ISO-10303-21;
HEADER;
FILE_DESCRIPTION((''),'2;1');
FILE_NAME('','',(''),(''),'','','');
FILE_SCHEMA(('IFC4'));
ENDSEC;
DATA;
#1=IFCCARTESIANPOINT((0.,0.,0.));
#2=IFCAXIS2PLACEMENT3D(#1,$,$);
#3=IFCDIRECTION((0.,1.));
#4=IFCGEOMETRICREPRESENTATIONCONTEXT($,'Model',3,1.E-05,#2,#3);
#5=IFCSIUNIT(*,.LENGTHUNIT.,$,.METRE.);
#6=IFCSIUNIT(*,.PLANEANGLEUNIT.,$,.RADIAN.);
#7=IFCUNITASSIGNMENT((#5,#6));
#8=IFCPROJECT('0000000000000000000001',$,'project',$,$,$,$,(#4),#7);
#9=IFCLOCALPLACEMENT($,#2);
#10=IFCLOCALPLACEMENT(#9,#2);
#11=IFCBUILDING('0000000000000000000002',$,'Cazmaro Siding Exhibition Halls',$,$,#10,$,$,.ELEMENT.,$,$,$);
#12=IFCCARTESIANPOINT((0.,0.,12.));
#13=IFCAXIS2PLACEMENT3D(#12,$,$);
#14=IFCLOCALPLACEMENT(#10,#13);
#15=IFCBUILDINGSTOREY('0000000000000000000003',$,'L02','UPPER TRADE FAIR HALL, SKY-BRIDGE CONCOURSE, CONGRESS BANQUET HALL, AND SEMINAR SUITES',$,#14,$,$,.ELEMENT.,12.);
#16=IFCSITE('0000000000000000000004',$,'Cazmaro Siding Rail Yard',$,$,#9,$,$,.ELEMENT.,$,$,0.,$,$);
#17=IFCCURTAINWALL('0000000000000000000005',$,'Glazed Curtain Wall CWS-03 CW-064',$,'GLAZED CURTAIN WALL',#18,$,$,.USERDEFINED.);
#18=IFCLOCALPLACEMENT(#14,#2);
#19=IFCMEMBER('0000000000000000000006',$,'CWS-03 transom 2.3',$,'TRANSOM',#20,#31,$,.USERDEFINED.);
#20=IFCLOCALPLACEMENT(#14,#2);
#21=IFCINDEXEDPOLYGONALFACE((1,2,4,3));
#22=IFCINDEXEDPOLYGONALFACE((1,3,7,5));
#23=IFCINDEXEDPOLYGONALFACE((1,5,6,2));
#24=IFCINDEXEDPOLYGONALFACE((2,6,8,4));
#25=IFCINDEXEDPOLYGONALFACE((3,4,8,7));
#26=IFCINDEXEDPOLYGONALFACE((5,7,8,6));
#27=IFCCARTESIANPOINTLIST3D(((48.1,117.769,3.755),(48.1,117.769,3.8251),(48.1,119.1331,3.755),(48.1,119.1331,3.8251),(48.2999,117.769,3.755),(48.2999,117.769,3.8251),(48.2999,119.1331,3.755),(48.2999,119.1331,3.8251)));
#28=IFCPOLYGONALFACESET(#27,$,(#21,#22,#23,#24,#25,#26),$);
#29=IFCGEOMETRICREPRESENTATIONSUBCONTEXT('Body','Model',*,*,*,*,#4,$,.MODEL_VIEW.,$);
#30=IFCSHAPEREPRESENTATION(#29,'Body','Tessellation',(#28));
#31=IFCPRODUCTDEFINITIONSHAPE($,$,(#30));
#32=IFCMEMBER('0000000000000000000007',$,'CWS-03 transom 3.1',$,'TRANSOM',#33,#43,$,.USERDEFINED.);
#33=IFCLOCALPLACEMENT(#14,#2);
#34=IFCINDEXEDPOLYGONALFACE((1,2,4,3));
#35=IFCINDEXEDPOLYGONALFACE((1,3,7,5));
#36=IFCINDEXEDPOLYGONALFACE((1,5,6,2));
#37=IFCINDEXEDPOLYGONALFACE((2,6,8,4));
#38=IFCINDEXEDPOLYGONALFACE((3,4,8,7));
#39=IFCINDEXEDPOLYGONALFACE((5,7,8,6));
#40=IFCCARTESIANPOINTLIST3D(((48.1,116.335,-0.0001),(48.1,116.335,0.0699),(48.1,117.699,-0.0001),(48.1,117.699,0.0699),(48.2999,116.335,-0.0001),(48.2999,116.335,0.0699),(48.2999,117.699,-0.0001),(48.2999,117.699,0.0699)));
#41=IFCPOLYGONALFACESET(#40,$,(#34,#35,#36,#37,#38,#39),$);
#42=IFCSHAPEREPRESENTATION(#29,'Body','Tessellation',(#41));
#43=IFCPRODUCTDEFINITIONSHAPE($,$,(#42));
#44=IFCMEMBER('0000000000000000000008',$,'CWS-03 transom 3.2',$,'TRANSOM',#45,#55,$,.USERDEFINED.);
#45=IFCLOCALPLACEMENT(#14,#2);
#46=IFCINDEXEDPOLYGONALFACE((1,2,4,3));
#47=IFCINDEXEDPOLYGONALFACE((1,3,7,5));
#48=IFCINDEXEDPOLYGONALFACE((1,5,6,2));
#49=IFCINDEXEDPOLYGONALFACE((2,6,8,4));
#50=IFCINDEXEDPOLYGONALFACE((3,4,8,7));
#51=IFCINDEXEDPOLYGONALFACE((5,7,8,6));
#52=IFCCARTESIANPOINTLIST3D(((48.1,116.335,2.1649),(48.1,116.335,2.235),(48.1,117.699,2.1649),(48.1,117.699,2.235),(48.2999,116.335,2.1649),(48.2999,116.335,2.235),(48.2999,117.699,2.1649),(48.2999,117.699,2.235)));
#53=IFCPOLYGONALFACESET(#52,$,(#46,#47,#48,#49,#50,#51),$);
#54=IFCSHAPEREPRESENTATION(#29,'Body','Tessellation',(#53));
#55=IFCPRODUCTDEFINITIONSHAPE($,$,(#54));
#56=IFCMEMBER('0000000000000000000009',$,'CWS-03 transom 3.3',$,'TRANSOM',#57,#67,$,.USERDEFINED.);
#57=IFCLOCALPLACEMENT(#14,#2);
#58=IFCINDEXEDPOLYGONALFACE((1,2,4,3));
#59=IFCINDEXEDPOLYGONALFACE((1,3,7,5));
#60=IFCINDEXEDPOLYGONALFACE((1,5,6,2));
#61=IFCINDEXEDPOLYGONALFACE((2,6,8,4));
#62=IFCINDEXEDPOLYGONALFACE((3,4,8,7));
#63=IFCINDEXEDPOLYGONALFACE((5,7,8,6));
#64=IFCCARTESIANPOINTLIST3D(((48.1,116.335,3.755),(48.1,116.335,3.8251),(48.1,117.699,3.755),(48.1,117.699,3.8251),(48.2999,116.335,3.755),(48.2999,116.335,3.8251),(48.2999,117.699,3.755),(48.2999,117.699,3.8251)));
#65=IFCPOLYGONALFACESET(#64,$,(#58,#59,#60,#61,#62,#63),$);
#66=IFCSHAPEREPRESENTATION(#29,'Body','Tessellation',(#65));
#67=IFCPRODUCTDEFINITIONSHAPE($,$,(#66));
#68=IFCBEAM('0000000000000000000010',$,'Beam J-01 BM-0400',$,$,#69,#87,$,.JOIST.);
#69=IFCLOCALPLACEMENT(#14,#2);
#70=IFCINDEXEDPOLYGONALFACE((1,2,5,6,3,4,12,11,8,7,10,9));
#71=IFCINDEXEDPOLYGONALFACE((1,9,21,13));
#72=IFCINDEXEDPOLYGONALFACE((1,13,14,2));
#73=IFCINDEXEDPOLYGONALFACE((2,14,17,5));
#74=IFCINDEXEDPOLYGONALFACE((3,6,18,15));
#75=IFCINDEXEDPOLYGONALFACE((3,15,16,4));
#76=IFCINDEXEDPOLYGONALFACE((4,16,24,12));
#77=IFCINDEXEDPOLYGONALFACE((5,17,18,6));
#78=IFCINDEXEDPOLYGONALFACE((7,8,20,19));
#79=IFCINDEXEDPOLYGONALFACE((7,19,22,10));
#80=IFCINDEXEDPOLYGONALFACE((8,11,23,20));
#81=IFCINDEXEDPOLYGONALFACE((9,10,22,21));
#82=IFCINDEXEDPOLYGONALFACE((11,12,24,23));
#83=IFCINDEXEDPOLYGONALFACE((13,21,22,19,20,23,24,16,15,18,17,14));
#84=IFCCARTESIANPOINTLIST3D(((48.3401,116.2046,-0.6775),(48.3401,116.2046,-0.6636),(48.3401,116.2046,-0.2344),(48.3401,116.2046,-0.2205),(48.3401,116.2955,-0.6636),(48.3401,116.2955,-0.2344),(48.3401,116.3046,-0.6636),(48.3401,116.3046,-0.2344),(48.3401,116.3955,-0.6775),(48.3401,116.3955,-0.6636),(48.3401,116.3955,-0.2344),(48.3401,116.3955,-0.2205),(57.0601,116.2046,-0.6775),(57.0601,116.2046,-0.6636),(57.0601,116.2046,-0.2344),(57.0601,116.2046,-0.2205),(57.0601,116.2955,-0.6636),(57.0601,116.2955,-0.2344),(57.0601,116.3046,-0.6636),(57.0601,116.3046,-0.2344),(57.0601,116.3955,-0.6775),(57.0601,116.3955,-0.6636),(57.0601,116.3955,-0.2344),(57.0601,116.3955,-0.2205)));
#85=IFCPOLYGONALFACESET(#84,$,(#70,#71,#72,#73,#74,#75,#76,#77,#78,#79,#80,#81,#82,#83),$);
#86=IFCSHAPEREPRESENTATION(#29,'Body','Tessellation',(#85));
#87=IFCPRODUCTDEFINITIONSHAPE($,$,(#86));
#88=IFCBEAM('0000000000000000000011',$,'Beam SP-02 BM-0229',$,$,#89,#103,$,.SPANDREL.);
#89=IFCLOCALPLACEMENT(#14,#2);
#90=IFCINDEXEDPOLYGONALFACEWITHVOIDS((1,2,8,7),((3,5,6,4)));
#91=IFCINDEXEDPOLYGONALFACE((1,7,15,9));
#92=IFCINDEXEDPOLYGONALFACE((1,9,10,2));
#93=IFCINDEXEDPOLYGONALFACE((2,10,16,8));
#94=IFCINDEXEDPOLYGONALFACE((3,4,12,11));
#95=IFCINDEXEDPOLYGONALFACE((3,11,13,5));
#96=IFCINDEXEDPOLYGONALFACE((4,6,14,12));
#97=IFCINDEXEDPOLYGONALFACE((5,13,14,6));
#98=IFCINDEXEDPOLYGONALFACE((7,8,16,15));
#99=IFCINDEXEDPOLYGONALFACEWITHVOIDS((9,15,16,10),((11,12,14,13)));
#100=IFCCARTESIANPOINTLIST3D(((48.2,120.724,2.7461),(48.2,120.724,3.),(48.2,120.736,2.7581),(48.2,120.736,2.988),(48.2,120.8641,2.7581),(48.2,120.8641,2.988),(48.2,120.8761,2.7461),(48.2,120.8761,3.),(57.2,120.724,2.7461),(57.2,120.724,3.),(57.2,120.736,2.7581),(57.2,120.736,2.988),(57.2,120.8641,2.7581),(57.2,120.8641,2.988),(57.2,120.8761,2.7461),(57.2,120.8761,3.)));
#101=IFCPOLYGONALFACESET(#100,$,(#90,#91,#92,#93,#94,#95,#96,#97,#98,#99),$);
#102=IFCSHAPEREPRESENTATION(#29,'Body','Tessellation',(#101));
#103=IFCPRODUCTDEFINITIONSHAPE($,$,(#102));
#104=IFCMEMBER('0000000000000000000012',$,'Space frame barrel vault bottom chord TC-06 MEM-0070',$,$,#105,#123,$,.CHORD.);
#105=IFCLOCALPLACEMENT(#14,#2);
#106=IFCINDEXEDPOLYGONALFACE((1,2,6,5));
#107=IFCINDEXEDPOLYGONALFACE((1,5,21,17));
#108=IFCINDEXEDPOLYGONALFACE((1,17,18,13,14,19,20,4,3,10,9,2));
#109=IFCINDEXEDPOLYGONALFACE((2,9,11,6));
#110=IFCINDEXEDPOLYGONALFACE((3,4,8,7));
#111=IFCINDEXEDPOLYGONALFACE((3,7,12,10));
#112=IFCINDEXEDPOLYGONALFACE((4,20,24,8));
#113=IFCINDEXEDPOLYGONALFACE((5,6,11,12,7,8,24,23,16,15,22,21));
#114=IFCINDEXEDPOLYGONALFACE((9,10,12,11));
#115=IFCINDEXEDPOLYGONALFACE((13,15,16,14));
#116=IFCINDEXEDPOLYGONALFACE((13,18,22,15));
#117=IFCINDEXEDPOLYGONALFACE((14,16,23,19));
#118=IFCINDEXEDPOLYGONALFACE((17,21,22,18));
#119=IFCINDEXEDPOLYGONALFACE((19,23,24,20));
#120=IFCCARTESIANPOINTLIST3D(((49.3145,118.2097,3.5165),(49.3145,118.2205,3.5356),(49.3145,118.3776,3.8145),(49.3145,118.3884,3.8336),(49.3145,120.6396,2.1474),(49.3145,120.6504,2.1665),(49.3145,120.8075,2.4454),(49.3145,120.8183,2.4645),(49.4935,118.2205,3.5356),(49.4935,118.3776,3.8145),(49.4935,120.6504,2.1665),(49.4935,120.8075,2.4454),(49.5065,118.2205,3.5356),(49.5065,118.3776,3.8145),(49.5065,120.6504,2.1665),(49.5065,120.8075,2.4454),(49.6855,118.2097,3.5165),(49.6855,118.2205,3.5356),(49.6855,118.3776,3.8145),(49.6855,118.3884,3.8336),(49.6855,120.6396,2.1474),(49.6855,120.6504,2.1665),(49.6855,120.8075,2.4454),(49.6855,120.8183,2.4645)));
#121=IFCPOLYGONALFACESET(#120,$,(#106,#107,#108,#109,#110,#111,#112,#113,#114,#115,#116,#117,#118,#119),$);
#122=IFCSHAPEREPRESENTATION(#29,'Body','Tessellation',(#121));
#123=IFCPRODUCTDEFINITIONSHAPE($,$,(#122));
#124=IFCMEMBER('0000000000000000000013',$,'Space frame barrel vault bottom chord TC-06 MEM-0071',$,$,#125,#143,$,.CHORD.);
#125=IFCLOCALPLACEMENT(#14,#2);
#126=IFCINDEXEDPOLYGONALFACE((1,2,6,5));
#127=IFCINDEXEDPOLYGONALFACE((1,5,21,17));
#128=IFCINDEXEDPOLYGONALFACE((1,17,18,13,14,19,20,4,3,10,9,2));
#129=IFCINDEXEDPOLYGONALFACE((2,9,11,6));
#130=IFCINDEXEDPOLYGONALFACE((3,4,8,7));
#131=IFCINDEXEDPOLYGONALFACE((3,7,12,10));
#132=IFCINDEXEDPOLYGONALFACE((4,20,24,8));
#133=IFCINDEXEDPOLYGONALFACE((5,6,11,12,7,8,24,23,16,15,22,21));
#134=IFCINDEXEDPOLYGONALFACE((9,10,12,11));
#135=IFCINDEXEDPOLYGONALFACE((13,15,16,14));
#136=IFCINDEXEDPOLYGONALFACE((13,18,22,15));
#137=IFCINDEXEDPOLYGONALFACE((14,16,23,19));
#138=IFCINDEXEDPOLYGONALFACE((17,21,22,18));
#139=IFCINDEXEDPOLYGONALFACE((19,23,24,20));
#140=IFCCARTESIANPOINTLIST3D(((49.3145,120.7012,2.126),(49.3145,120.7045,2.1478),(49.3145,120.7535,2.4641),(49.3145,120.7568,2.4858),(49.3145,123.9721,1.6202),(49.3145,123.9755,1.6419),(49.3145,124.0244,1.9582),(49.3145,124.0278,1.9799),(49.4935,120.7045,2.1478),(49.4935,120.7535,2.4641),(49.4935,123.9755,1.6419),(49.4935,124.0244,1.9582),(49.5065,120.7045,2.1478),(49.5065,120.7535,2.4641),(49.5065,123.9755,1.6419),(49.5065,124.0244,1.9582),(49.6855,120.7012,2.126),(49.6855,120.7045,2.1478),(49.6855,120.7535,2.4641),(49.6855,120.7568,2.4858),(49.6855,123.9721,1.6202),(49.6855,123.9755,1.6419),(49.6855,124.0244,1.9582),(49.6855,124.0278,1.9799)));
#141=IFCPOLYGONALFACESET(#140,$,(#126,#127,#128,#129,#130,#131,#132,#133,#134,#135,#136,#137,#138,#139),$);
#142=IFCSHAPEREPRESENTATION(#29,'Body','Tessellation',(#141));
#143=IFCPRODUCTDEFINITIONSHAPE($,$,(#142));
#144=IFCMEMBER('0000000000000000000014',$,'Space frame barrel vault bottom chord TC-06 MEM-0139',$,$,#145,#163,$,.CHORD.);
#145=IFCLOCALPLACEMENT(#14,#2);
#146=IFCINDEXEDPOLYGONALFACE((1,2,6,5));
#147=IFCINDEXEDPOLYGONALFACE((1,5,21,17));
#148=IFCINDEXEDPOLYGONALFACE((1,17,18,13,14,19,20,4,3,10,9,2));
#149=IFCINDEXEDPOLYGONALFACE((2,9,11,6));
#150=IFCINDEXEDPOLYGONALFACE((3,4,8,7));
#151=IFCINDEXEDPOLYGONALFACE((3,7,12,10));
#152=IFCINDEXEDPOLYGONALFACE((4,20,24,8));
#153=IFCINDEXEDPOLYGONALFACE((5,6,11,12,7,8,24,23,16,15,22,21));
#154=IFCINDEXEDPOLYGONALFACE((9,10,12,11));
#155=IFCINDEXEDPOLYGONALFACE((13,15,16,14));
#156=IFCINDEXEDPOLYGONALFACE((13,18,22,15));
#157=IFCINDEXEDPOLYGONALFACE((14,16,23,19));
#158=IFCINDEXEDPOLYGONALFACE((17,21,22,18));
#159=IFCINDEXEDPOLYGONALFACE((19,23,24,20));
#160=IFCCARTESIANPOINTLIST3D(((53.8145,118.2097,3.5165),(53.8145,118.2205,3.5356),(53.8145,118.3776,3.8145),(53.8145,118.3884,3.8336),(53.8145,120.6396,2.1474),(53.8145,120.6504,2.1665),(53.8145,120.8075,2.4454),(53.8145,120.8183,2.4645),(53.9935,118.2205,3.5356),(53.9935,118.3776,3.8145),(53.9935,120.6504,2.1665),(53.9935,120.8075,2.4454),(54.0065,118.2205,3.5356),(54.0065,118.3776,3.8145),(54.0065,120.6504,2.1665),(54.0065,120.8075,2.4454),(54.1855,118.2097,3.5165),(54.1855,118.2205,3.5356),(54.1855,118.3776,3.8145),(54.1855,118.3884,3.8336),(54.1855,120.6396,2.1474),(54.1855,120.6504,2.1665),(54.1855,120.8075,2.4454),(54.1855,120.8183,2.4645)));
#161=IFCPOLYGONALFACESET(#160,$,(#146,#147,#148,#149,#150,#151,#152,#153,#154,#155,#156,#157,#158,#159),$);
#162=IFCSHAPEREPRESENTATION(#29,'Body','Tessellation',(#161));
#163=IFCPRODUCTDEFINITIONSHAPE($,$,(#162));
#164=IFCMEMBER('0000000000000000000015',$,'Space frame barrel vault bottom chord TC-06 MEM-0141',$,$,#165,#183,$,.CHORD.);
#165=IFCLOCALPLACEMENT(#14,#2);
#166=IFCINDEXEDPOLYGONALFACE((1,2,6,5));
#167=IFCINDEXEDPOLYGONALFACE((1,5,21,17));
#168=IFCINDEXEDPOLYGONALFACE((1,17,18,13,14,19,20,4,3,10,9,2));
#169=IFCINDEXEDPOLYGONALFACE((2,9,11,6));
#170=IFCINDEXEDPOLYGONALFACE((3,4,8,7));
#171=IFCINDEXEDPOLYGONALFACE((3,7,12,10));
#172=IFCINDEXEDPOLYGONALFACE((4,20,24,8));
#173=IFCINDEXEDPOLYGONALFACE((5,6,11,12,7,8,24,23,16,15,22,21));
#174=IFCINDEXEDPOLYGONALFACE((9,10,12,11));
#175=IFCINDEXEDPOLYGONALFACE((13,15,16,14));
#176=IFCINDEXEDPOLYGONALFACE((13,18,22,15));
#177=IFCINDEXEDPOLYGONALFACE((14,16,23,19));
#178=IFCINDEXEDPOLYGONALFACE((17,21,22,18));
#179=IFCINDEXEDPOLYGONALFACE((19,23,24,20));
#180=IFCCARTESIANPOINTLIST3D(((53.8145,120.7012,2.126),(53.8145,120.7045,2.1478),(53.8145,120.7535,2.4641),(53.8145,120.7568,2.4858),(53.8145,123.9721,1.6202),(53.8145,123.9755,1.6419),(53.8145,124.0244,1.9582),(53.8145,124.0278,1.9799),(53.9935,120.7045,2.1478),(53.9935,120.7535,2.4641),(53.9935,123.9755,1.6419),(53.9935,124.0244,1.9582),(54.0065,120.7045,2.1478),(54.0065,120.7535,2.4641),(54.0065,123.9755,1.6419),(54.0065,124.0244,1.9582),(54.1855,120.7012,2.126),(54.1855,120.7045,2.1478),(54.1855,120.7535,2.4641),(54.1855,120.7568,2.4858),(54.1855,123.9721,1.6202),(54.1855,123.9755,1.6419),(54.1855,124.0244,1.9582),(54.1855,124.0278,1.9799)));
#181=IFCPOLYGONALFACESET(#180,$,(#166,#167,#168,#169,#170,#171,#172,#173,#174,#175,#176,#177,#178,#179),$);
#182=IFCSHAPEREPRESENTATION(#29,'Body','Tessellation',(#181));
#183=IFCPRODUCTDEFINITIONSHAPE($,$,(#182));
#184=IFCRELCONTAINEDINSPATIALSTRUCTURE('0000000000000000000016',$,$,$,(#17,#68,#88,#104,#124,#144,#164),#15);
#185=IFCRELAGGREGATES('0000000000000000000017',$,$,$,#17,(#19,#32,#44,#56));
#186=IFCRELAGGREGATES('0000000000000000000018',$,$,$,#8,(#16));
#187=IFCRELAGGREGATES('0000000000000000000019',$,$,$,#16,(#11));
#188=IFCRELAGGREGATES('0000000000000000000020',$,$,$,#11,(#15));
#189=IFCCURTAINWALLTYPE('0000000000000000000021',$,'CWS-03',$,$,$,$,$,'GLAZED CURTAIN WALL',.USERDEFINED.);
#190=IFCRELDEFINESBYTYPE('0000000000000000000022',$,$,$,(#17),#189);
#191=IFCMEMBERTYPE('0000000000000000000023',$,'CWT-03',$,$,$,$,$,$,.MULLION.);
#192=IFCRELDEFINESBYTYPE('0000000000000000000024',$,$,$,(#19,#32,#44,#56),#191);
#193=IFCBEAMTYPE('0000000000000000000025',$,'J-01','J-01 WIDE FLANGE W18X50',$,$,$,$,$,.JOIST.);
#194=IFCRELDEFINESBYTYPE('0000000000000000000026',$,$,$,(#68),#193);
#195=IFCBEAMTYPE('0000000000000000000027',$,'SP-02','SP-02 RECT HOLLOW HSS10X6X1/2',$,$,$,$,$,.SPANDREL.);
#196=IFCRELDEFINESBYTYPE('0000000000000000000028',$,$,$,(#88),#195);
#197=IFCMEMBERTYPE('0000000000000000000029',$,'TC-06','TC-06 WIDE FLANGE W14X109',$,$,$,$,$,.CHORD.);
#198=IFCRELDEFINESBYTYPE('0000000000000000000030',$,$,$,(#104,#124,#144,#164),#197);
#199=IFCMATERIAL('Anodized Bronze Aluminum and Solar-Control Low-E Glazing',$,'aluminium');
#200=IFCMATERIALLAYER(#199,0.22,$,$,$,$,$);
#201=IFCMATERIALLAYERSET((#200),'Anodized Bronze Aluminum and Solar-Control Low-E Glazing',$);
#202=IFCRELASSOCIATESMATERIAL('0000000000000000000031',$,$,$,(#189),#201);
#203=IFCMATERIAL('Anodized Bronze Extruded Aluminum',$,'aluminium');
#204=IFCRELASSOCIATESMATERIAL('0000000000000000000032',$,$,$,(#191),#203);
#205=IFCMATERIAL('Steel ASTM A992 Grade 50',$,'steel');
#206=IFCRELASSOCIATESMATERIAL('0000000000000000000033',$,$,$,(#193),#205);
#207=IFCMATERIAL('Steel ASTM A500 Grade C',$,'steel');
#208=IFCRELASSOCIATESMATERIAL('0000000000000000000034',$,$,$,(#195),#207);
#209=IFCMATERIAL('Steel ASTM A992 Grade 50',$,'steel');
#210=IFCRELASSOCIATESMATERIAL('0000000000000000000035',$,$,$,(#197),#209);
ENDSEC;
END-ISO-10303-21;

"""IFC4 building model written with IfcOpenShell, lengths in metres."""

from ifc_helpers import new_model, si_unit, direction, frame, origin, origin_2d, place, context, subcontext, project, spatial, rectangle, hollow_rectangle, i_section, extrude, material, layer, layer_set, material_profile, profile_set, type_object, element, aggregate, save


model = new_model("IFC4")

# Units and contexts
model_context = context("Model", 3, precision=1e-05, world=origin(), true_north=direction((0.0, 1.0)))
body_context = subcontext(model_context, "Body", "Model", "MODEL_VIEW")
ifc_project = project(units=[si_unit("LENGTHUNIT", "METRE"), si_unit("PLANEANGLEUNIT", "RADIAN")], contexts=[model_context])

# Site, building, storey
site_placement = place(None, origin())
site = spatial("IfcSite", under=ifc_project, at=site_placement, Name="Cazmaro Siding Rail Yard", CompositionType="ELEMENT", RefElevation=0.0)
building_placement = place(site_placement, origin())
building = spatial("IfcBuilding", under=site, at=building_placement, Name="Cazmaro Siding Exhibition Halls", CompositionType="ELEMENT")
storey_placement = place(building_placement, frame((0.0, 0.0, 12.0)))
storey = spatial("IfcBuildingStorey", under=building, at=storey_placement, Name="L02", Description="UPPER TRADE FAIR HALL, SKY-BRIDGE CONCOURSE, CONGRESS BANQUET HALL, AND SEMINAR SUITES", CompositionType="ELEMENT", Elevation=12.0)

# Curtain wall
ifc_material_1 = material(Name="Anodized Bronze Aluminum and Solar-Control Low-E Glazing", Category="aluminium")
ifc_layer_1 = layer(ifc_material_1, 0.22)
ifc_layer_set_1 = layer_set([ifc_layer_1], Name="Anodized Bronze Aluminum and Solar-Control Low-E Glazing")
curtain_wall_type_1 = type_object("IfcCurtainWallType", Name="CWS-03", ElementType="GLAZED CURTAIN WALL", PredefinedType="USERDEFINED", material=ifc_layer_set_1)
curtain_wall_1_placement = place(storey_placement, origin())
curtain_wall_1 = element("IfcCurtainWall", 1, at=curtain_wall_1_placement, inside=storey, type_object=curtain_wall_type_1, Name="Glazed Curtain Wall CWS-03 CW-064", ObjectType="GLAZED CURTAIN WALL", PredefinedType="USERDEFINED")

# Members
ifc_material_2 = material(Name="Anodized Bronze Extruded Aluminum", Category="aluminium")
ifc_material_profile_1 = material_profile(ifc_material_2, rectangle(XDim=0.2, YDim=0.0701, at=origin_2d()), Name="CWT-03")
ifc_profile_set_1 = profile_set([ifc_material_profile_1], Name="Anodized Bronze Extruded Aluminum")
member_type_1 = type_object("IfcMemberType", Name="CWT-03", PredefinedType="MULLION", material=ifc_profile_set_1)
member_1_placement = place(storey_placement, frame((48.2, 119.1331, 3.79), z_axis=(0.0, -1.0, 0.0), x_axis=(1.0, 0.0, 0.0)))
member_1 = element("IfcMember", 2, at=member_1_placement, type_object=member_type_1, Name="CWS-03 transom 2.3", ObjectType="TRANSOM", PredefinedType="USERDEFINED", context=body_context, shape_type="SweptSolid", body=[
    extrude(rectangle(XDim=0.2, YDim=0.0701, at=origin_2d()), origin(), (0.0, 0.0, 1.0), 1.364),
])
member_2_placement = place(storey_placement, frame((48.2, 117.699, 0.0349), z_axis=(0.0, -1.0, 0.0), x_axis=(1.0, 0.0, 0.0)))
member_2 = element("IfcMember", 3, at=member_2_placement, type_object=member_type_1, Name="CWS-03 transom 3.1", ObjectType="TRANSOM", PredefinedType="USERDEFINED", context=body_context, shape_type="SweptSolid", body=[
    extrude(rectangle(XDim=0.2, YDim=0.0701, at=origin_2d()), origin(), (0.0, 0.0, 1.0), 1.364),
])
member_3_placement = place(storey_placement, frame((48.2, 117.699, 2.2), z_axis=(0.0, -1.0, 0.0), x_axis=(1.0, 0.0, 0.0)))
member_3 = element("IfcMember", 4, at=member_3_placement, type_object=member_type_1, Name="CWS-03 transom 3.2", ObjectType="TRANSOM", PredefinedType="USERDEFINED", context=body_context, shape_type="SweptSolid", body=[
    extrude(rectangle(XDim=0.2, YDim=0.0701, at=origin_2d()), origin(), (0.0, 0.0, 1.0), 1.364),
])
member_4_placement = place(storey_placement, frame((48.2, 117.699, 3.79), z_axis=(0.0, -1.0, 0.0), x_axis=(1.0, 0.0, 0.0)))
member_4 = element("IfcMember", 5, at=member_4_placement, type_object=member_type_1, Name="CWS-03 transom 3.3", ObjectType="TRANSOM", PredefinedType="USERDEFINED", context=body_context, shape_type="SweptSolid", body=[
    extrude(rectangle(XDim=0.2, YDim=0.0701, at=origin_2d()), origin(), (0.0, 0.0, 1.0), 1.364),
])

# Beams
ifc_material_3 = material(Name="Steel ASTM A992 Grade 50", Category="steel")
ifc_material_profile_2 = material_profile(ifc_material_3, i_section(OverallWidth=0.1909, OverallDepth=0.457, WebThickness=0.009, FlangeThickness=0.0139, at=origin_2d()), Name="W18X50")
ifc_profile_set_2 = profile_set([ifc_material_profile_2], Name="Steel ASTM A992 Grade 50")
beam_type_1 = type_object("IfcBeamType", Name="J-01", Description="J-01 WIDE FLANGE W18X50", PredefinedType="JOIST", material=ifc_profile_set_2)
beam_1_placement = place(storey_placement, frame((48.3401, 116.3, -0.449), z_axis=(1.0, 0.0, 0.0), x_axis=(0.0, 1.0, 0.0)))
element("IfcBeam", 6, at=beam_1_placement, inside=storey, type_object=beam_type_1, Name="Beam J-01 BM-0400", PredefinedType="JOIST", context=body_context, shape_type="SweptSolid", body=[
    extrude(i_section(OverallWidth=0.1909, OverallDepth=0.457, WebThickness=0.009, FlangeThickness=0.0139, at=origin_2d()), origin(), (0.0, 0.0, 1.0), 8.72),
])
ifc_material_4 = material(Name="Steel ASTM A500 Grade C", Category="steel")
ifc_material_profile_3 = material_profile(ifc_material_4, hollow_rectangle(XDim=0.1521, YDim=0.2539, WallThickness=0.012, at=origin_2d()), Name="HSS10X6X1/2")
ifc_profile_set_3 = profile_set([ifc_material_profile_3], Name="Steel ASTM A500 Grade C")
beam_type_2 = type_object("IfcBeamType", Name="SP-02", Description="SP-02 RECT HOLLOW HSS10X6X1/2", PredefinedType="SPANDREL", material=ifc_profile_set_3)
beam_2_placement = place(storey_placement, frame((48.2, 120.8, 2.873), z_axis=(1.0, 0.0, 0.0), x_axis=(0.0, 1.0, 0.0)))
element("IfcBeam", 7, at=beam_2_placement, inside=storey, type_object=beam_type_2, Name="Beam SP-02 BM-0229", PredefinedType="SPANDREL", context=body_context, shape_type="SweptSolid", body=[
    extrude(hollow_rectangle(XDim=0.1521, YDim=0.2539, WallThickness=0.012, at=origin_2d()), origin(), (0.0, 0.0, 1.0), 9.0),
])

# Members
ifc_material_5 = material(Name="Steel ASTM A992 Grade 50", Category="steel")
ifc_material_profile_4 = material_profile(ifc_material_5, i_section(OverallWidth=0.3711, OverallDepth=0.364, WebThickness=0.0129, FlangeThickness=0.022, at=origin_2d()), Name="W14X109")
ifc_profile_set_4 = profile_set([ifc_material_profile_4], Name="Steel ASTM A992 Grade 50")
member_type_2 = type_object("IfcMemberType", Name="TC-06", Description="TC-06 WIDE FLANGE W14X109", PredefinedType="CHORD", material=ifc_profile_set_4)
member_5_placement = place(storey_placement, frame((49.5, 118.2991, 3.675), z_axis=(0.0, 0.871222, -0.490889), x_axis=(-1.0, 0.0, 0.0)))
element("IfcMember", 8, at=member_5_placement, inside=storey, type_object=member_type_2, Name="Space frame barrel vault bottom chord TC-06 MEM-0070", PredefinedType="CHORD", context=body_context, shape_type="SweptSolid", body=[
    extrude(i_section(OverallWidth=0.3711, OverallDepth=0.364, WebThickness=0.0129, FlangeThickness=0.022, at=origin_2d()), origin(), (0.0, 0.0, 1.0), 2.7891),
])
member_6_placement = place(storey_placement, frame((49.5, 120.729, 2.3059), z_axis=(0.0, 0.988252, -0.152833), x_axis=(-1.0, 0.0, 0.0)))
element("IfcMember", 9, at=member_6_placement, inside=storey, type_object=member_type_2, Name="Space frame barrel vault bottom chord TC-06 MEM-0071", PredefinedType="CHORD", context=body_context, shape_type="SweptSolid", body=[
    extrude(i_section(OverallWidth=0.3711, OverallDepth=0.364, WebThickness=0.0129, FlangeThickness=0.022, at=origin_2d()), origin(), (0.0, 0.0, 1.0), 3.3098),
])
member_7_placement = place(storey_placement, frame((54.0, 118.2991, 3.675), z_axis=(0.0, 0.871222, -0.490889), x_axis=(-1.0, 0.0, 0.0)))
element("IfcMember", 10, at=member_7_placement, inside=storey, type_object=member_type_2, Name="Space frame barrel vault bottom chord TC-06 MEM-0139", PredefinedType="CHORD", context=body_context, shape_type="SweptSolid", body=[
    extrude(i_section(OverallWidth=0.3711, OverallDepth=0.364, WebThickness=0.0129, FlangeThickness=0.022, at=origin_2d()), origin(), (0.0, 0.0, 1.0), 2.7891),
])
member_8_placement = place(storey_placement, frame((54.0, 120.729, 2.3059), z_axis=(0.0, 0.988252, -0.152833), x_axis=(-1.0, 0.0, 0.0)))
element("IfcMember", 11, at=member_8_placement, inside=storey, type_object=member_type_2, Name="Space frame barrel vault bottom chord TC-06 MEM-0141", PredefinedType="CHORD", context=body_context, shape_type="SweptSolid", body=[
    extrude(i_section(OverallWidth=0.3711, OverallDepth=0.364, WebThickness=0.0129, FlangeThickness=0.022, at=origin_2d()), origin(), (0.0, 0.0, 1.0), 3.3098),
])

aggregate(curtain_wall_1, [member_1, member_2, member_3, member_4])

save(model, "model.ifc")
